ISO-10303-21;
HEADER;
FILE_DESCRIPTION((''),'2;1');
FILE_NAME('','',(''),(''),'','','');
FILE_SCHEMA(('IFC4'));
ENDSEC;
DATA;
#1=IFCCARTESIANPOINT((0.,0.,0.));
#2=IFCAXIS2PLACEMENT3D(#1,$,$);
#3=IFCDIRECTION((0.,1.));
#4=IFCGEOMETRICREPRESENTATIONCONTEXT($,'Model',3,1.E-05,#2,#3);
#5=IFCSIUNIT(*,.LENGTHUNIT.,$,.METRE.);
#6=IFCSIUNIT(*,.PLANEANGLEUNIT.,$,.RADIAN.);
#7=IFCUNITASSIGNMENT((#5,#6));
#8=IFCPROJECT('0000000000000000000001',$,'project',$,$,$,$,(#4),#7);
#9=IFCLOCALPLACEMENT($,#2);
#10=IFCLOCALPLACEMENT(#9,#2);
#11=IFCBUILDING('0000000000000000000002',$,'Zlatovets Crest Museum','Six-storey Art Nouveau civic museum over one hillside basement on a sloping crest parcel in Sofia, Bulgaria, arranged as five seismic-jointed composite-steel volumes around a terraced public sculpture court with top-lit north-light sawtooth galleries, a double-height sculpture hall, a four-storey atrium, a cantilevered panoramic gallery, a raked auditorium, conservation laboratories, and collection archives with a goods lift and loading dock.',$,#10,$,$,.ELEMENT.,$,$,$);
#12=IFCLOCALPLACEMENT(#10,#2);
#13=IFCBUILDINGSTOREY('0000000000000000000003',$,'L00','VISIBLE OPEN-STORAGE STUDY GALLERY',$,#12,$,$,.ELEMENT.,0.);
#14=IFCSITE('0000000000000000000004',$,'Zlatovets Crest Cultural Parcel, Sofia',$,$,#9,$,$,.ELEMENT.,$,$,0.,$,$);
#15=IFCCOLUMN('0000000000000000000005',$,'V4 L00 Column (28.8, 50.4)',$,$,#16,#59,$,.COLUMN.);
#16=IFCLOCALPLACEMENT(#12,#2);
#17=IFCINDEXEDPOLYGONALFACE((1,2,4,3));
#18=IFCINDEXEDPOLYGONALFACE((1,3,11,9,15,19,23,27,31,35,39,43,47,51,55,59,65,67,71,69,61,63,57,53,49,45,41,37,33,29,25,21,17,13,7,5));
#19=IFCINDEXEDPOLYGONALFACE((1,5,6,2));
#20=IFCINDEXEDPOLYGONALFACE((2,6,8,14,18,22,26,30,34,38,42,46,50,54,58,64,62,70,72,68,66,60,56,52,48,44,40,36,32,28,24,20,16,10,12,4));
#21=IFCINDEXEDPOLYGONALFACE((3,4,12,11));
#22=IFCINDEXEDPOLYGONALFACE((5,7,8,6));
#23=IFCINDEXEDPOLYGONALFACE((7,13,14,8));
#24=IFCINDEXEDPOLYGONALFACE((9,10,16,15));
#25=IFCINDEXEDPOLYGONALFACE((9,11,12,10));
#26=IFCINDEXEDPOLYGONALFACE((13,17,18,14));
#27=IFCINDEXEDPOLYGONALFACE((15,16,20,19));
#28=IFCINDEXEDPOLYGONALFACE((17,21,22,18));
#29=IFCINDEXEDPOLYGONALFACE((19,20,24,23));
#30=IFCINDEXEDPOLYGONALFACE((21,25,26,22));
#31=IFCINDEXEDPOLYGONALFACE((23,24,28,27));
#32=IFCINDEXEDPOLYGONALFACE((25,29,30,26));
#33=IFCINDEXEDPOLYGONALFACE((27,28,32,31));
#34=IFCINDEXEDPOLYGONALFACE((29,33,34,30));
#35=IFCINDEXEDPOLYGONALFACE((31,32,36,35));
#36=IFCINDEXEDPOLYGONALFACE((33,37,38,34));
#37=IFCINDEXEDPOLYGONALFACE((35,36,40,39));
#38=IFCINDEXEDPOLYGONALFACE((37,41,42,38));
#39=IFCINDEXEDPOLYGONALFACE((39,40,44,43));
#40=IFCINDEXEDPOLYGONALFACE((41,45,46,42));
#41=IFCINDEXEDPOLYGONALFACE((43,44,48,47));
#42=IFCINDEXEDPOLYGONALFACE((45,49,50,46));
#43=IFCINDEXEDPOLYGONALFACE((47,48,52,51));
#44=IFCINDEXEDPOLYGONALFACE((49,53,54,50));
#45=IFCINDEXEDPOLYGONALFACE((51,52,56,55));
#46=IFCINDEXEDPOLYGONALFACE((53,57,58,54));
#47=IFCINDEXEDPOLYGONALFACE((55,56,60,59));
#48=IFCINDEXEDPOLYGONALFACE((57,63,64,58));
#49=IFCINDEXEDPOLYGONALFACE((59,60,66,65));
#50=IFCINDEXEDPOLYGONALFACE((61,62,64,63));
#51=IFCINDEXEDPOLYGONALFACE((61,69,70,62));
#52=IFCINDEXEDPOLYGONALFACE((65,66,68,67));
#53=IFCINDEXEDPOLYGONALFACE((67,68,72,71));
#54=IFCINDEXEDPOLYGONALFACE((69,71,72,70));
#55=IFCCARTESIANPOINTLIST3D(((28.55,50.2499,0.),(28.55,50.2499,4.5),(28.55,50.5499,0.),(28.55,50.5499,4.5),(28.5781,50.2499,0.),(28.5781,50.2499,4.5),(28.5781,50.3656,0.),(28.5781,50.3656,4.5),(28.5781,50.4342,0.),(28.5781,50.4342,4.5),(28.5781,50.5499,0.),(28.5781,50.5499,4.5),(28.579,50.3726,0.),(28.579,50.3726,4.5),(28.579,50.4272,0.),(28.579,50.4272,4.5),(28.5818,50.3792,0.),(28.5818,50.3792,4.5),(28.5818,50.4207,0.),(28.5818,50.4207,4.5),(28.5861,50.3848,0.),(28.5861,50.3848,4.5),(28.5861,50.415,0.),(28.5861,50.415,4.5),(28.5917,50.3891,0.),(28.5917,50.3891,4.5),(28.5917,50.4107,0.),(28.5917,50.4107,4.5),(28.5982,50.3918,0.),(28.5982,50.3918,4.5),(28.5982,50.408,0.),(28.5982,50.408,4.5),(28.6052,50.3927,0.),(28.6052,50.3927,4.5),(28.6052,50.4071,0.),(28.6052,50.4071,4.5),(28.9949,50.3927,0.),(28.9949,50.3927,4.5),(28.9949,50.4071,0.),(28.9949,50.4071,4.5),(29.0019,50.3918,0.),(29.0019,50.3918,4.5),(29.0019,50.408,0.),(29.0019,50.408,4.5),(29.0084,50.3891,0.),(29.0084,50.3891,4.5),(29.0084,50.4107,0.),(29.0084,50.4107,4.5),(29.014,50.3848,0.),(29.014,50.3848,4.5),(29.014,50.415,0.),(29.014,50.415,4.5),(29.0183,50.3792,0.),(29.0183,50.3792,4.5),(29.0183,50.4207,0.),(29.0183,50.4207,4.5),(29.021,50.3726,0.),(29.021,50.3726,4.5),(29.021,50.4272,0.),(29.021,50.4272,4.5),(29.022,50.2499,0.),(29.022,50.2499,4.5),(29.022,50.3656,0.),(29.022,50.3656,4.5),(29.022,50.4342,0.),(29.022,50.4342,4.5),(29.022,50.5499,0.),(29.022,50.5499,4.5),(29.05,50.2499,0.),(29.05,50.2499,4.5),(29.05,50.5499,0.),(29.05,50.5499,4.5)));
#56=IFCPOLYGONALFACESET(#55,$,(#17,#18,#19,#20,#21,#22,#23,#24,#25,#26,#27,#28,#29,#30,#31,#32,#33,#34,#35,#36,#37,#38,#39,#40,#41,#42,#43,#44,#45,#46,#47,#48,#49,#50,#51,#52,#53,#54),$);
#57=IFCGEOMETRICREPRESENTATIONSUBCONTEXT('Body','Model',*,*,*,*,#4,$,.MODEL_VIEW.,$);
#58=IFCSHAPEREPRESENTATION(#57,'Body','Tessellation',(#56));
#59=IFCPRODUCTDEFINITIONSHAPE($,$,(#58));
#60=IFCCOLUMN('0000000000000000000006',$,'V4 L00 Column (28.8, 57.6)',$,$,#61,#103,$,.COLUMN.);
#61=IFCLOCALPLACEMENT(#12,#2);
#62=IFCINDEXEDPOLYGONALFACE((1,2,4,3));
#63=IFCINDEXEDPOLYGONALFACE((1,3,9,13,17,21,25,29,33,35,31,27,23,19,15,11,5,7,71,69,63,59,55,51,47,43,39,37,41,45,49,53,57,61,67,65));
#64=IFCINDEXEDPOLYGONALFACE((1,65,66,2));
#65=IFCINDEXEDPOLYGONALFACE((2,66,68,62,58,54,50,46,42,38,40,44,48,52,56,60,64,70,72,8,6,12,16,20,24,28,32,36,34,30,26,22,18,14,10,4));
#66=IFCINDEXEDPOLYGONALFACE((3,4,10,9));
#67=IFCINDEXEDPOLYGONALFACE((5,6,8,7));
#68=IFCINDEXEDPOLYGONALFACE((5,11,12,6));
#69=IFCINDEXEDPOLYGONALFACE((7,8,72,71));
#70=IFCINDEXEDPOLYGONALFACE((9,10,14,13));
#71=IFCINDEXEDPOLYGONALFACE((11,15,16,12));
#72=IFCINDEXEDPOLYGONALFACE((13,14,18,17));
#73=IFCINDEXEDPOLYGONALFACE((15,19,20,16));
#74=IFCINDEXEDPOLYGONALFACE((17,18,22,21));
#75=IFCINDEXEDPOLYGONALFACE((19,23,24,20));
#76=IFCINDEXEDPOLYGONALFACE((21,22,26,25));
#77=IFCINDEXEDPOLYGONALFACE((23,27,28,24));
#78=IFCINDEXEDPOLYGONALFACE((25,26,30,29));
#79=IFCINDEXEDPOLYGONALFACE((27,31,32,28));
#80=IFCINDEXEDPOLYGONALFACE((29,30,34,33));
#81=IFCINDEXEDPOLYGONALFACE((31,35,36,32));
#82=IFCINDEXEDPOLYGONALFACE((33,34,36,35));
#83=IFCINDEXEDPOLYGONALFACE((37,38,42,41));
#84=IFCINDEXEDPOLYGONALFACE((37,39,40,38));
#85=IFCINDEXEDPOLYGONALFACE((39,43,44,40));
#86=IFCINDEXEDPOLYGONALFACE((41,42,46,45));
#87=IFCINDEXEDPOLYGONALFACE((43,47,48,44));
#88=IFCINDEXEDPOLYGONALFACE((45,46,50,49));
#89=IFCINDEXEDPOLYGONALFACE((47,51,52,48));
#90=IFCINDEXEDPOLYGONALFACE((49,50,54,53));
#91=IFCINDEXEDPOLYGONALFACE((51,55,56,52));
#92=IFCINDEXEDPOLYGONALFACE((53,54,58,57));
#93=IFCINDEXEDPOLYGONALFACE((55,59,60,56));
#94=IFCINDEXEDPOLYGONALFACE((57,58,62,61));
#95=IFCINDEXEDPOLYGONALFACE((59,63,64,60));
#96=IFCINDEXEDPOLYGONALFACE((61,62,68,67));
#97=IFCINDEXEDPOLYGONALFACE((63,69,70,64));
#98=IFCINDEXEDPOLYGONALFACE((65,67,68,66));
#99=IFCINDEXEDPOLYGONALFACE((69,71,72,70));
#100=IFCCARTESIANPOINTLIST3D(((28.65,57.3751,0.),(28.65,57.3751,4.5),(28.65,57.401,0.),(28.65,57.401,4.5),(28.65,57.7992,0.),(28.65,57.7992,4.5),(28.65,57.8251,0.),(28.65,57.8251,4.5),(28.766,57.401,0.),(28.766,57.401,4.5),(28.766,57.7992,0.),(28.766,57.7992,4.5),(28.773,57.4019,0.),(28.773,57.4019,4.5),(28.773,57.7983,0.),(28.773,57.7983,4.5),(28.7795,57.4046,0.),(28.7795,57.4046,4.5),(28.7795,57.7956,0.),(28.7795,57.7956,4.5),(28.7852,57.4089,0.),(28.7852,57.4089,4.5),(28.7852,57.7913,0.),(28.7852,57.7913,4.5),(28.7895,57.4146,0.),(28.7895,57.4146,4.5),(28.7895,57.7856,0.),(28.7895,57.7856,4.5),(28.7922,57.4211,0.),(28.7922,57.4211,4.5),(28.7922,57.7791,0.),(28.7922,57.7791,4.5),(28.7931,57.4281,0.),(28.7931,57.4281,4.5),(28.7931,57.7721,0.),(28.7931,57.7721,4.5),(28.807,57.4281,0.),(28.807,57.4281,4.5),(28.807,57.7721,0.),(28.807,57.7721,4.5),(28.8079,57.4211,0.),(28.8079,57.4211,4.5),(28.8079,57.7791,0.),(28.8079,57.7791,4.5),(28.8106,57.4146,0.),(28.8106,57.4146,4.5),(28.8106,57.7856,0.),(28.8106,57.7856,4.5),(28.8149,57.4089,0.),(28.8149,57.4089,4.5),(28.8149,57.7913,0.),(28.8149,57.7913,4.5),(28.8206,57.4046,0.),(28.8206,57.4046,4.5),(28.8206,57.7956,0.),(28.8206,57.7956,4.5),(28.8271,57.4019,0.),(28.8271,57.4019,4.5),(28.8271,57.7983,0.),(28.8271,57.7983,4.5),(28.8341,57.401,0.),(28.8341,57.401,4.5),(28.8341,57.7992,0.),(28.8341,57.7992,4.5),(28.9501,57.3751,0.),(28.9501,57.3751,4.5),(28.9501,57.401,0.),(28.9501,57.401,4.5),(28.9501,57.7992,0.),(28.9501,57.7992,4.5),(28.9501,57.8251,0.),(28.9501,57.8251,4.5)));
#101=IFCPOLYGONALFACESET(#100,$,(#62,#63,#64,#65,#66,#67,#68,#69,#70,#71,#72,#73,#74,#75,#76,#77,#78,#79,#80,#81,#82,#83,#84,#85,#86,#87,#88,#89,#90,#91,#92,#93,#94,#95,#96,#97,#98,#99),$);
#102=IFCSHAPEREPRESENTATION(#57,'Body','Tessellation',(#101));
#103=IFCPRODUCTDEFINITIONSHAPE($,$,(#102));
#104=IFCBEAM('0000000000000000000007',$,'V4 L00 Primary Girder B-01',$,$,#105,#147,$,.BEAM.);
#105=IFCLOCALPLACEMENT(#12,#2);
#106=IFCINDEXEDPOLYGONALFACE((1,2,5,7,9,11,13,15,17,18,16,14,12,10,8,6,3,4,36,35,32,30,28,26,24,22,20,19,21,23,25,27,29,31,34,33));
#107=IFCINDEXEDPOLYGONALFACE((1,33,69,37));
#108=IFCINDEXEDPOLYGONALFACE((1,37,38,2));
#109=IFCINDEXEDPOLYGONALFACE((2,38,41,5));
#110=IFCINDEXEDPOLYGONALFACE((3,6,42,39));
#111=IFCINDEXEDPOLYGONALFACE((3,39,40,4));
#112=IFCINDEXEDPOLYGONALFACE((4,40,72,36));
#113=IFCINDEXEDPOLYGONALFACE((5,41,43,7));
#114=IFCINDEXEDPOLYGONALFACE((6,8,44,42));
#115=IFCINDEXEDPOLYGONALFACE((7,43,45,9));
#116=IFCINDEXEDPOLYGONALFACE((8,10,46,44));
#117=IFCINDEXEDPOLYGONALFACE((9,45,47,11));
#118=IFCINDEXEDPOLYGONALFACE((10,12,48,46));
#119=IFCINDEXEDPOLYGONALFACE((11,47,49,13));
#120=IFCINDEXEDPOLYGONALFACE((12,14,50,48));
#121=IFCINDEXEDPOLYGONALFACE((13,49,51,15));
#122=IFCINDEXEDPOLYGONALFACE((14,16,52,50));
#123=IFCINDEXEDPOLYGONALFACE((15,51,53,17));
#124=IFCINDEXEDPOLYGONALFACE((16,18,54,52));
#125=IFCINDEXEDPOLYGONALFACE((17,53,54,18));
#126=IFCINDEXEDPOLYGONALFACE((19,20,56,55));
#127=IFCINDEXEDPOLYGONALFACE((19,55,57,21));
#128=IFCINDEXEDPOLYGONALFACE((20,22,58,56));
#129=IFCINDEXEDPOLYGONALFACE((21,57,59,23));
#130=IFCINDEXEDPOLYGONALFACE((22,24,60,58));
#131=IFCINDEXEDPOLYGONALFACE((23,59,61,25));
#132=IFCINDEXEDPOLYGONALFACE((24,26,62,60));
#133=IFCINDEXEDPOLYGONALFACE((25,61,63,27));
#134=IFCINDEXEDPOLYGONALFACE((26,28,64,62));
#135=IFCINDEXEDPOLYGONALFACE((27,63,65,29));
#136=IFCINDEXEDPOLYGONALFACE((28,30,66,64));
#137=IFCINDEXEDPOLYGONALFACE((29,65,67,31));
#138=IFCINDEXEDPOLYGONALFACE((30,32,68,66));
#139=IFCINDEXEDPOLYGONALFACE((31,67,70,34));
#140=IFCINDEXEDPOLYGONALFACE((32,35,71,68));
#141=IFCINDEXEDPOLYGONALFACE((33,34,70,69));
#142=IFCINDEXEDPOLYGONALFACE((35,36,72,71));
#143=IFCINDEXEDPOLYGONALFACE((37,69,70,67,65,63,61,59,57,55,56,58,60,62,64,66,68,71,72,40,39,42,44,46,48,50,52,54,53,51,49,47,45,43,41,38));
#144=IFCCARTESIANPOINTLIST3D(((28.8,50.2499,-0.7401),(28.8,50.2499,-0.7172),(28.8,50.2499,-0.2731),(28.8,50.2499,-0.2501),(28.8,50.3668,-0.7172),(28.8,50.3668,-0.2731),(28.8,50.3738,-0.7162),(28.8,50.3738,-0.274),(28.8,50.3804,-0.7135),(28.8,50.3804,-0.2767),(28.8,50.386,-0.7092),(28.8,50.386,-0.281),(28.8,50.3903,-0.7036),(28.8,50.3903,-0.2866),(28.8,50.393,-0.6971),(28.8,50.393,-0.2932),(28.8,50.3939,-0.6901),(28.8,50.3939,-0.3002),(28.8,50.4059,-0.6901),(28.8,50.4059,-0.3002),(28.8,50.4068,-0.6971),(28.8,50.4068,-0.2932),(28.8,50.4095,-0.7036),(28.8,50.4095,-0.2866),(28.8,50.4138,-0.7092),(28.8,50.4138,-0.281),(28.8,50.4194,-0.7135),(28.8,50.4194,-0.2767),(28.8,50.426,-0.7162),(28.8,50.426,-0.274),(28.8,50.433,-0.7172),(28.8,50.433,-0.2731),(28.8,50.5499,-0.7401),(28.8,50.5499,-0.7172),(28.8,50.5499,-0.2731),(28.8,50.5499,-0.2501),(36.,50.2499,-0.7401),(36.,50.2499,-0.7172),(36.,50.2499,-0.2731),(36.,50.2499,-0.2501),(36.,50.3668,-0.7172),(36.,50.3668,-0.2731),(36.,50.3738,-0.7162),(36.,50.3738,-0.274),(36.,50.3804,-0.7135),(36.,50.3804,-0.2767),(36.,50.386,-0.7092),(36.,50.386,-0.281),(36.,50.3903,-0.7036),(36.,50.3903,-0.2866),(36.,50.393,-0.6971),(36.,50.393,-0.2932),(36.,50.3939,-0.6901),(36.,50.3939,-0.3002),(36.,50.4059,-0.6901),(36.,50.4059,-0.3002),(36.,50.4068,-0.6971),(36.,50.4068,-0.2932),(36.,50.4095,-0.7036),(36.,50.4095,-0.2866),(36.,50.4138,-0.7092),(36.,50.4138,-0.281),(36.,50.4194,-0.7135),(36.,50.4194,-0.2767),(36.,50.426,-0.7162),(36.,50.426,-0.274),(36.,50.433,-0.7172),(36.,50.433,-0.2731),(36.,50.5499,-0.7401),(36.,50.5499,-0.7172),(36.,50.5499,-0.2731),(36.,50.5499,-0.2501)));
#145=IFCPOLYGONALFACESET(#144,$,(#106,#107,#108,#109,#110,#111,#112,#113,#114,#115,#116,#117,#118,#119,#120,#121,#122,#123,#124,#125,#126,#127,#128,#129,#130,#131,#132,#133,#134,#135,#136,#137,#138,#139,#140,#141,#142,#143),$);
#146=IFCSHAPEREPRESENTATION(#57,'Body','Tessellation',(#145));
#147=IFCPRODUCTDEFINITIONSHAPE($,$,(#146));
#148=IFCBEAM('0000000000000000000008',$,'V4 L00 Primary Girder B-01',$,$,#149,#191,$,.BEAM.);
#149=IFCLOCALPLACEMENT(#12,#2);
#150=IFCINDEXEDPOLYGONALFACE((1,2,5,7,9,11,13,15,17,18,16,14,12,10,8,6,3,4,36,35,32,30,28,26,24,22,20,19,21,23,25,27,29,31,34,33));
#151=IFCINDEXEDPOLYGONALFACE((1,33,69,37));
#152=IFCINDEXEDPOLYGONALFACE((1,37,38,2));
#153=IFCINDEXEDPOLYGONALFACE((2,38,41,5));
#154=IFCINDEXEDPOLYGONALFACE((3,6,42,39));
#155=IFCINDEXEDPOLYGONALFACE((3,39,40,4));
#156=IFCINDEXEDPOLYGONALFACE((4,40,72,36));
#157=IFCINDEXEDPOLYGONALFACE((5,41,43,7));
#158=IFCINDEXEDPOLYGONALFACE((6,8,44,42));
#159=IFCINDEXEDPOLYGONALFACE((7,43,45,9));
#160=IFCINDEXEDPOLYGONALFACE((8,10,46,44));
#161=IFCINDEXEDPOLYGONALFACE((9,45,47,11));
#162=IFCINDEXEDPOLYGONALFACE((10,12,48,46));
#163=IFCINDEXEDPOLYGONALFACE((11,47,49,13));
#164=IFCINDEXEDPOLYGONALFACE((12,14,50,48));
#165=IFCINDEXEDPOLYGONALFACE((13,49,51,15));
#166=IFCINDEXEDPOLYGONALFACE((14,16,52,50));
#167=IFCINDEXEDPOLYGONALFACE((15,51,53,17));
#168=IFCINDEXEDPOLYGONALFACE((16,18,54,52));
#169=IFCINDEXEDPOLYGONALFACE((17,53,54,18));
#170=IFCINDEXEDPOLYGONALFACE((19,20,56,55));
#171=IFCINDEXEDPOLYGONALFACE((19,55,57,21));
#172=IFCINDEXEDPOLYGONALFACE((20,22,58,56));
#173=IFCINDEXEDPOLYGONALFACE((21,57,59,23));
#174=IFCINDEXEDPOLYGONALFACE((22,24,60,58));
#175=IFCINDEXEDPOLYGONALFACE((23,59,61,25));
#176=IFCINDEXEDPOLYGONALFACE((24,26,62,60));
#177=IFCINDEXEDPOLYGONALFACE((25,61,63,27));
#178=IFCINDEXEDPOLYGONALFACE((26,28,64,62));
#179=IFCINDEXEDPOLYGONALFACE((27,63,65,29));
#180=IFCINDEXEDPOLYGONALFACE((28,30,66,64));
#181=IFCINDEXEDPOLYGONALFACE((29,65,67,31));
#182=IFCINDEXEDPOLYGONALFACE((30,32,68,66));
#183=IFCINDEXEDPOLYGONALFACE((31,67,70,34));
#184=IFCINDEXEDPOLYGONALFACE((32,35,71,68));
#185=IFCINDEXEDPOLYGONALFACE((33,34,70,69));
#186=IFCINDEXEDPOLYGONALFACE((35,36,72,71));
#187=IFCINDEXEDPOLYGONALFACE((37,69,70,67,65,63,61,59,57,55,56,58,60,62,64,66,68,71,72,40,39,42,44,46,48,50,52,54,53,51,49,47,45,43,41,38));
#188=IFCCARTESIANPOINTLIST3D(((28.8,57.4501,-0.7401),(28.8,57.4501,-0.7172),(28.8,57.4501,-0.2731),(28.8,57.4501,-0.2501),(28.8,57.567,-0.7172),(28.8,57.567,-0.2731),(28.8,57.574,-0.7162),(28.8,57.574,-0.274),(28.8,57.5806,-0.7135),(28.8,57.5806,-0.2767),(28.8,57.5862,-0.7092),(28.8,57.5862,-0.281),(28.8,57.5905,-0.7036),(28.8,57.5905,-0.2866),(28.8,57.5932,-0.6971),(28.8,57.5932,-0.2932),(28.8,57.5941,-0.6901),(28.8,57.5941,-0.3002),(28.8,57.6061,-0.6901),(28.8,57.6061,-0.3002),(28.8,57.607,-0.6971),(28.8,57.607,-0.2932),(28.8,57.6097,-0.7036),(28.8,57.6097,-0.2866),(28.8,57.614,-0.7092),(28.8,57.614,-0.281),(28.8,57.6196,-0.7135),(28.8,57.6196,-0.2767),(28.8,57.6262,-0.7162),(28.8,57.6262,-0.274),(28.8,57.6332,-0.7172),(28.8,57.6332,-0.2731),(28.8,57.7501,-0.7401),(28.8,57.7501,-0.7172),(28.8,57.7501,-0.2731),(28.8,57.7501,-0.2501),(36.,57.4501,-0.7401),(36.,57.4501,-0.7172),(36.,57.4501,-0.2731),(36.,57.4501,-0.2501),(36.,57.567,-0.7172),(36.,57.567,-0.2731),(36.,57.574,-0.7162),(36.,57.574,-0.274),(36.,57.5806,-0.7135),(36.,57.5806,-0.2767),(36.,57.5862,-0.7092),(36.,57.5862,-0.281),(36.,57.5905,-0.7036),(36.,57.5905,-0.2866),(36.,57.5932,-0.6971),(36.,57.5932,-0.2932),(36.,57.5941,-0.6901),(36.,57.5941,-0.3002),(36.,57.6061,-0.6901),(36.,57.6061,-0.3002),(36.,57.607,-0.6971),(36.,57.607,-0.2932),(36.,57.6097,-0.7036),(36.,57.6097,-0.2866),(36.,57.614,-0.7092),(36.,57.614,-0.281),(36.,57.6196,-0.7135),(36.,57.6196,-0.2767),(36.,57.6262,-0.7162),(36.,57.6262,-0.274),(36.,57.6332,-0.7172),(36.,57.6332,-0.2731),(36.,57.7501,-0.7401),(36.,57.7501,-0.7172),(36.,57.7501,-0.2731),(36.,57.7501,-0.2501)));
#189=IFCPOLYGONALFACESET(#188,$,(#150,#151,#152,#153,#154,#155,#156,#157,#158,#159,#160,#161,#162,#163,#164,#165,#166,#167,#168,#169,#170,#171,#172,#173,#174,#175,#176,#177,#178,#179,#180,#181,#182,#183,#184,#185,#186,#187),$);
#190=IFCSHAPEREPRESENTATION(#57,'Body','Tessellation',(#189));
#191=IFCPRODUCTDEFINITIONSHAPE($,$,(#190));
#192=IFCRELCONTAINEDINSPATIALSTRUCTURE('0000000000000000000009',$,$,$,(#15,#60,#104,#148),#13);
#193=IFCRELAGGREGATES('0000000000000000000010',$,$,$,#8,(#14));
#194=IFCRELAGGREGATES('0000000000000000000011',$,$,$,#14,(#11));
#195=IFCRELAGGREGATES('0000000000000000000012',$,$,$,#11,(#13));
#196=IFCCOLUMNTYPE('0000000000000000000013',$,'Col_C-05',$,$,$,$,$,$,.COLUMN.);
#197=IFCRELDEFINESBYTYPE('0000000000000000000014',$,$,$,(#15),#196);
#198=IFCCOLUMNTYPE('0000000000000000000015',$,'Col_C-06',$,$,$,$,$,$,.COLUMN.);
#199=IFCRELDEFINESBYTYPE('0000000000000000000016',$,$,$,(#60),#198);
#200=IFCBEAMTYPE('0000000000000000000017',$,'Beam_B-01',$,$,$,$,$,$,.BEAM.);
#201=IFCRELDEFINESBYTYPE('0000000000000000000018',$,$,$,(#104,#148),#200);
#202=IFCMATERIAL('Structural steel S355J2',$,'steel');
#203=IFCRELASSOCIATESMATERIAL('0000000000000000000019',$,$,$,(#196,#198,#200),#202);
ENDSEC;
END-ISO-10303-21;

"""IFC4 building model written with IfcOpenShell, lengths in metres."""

from ifc_helpers import new_model, si_unit, direction, frame, origin, origin_2d, place, context, subcontext, project, spatial, i_section, extrude, material, material_profile, profile_set, type_object, element, save


model = new_model("IFC4")

# Units and contexts
model_context = context("Model", 3, precision=1e-05, world=origin(), true_north=direction((0.0, 1.0)))
body_context = subcontext(model_context, "Body", "Model", "MODEL_VIEW")
ifc_project = project(units=[si_unit("LENGTHUNIT", "METRE"), si_unit("PLANEANGLEUNIT", "RADIAN")], contexts=[model_context])

# Site, building, storey
site_placement = place(None, origin())
site = spatial("IfcSite", under=ifc_project, at=site_placement, Name="Zlatovets Crest Cultural Parcel, Sofia", CompositionType="ELEMENT", RefElevation=0.0)
building_placement = place(site_placement, origin())
building = spatial("IfcBuilding", under=site, at=building_placement, Name="Zlatovets Crest Museum", Description="Six-storey Art Nouveau civic museum over one hillside basement on a sloping crest parcel in Sofia, Bulgaria, arranged as five seismic-jointed composite-steel volumes around a terraced public sculpture court with top-lit north-light sawtooth galleries, a double-height sculpture hall, a four-storey atrium, a cantilevered panoramic gallery, a raked auditorium, conservation laboratories, and collection archives with a goods lift and loading dock.", CompositionType="ELEMENT")
storey_placement = place(building_placement, origin())
storey = spatial("IfcBuildingStorey", under=building, at=storey_placement, Name="L00", Description="VISIBLE OPEN-STORAGE STUDY GALLERY", CompositionType="ELEMENT", Elevation=0.0)

# Columns
ifc_material_1 = material(Name="Structural steel S355J2", Category="steel")
ifc_material_profile_1 = material_profile(ifc_material_1, i_section(OverallWidth=0.3, OverallDepth=0.5, WebThickness=0.0144, FlangeThickness=0.0281, FilletRadius=0.0271, at=origin_2d()), Name="HEB 500")
ifc_profile_set_1 = profile_set([ifc_material_profile_1], Name="Structural steel S355J2")
column_type_1 = type_object("IfcColumnType", Name="Col_C-05", PredefinedType="COLUMN", material=ifc_profile_set_1)
column_1_placement = place(storey_placement, frame((28.8, 50.3999, 0.0), z_axis=(0.0, 0.0, 1.0), x_axis=(0.0, 1.0, 0.0)))
element("IfcColumn", 1, at=column_1_placement, inside=storey, type_object=column_type_1, Name="V4 L00 Column (28.8, 50.4)", PredefinedType="COLUMN", context=body_context, shape_type="SweptSolid", body=[
    extrude(i_section(OverallWidth=0.3, OverallDepth=0.5, WebThickness=0.0144, FlangeThickness=0.0281, FilletRadius=0.0271, at=origin_2d()), origin(), (0.0, 0.0, 1.0), 4.5),
])
ifc_material_profile_2 = material_profile(ifc_material_1, i_section(OverallWidth=0.3, OverallDepth=0.45, WebThickness=0.0139, FlangeThickness=0.0259, FilletRadius=0.0271, at=origin_2d()), Name="HEB 450")
ifc_profile_set_2 = profile_set([ifc_material_profile_2], Name="Structural steel S355J2")
column_type_2 = type_object("IfcColumnType", Name="Col_C-06", PredefinedType="COLUMN", material=ifc_profile_set_2)
column_2_placement = place(storey_placement, frame((28.8, 57.6001, 0.0), z_axis=(0.0, 0.0, 1.0), x_axis=(1.0, 0.0, 0.0)))
element("IfcColumn", 2, at=column_2_placement, inside=storey, type_object=column_type_2, Name="V4 L00 Column (28.8, 57.6)", PredefinedType="COLUMN", context=body_context, shape_type="SweptSolid", body=[
    extrude(i_section(OverallWidth=0.3, OverallDepth=0.45, WebThickness=0.0139, FlangeThickness=0.0259, FilletRadius=0.0271, at=origin_2d()), origin(), (0.0, 0.0, 1.0), 4.5),
])

# Beams
ifc_material_profile_3 = material_profile(ifc_material_1, i_section(OverallWidth=0.3, OverallDepth=0.49, WebThickness=0.012, FlangeThickness=0.0229, FilletRadius=0.0271, at=origin_2d()), Name="HEA 500")
ifc_profile_set_3 = profile_set([ifc_material_profile_3], Name="Structural steel S355J2")
beam_type_1 = type_object("IfcBeamType", Name="Beam_B-01", PredefinedType="BEAM", material=ifc_profile_set_3)
for number, where, z_axis, x_axis, name in (
    (3, (28.8, 50.3999, -0.4951), (1.0, 0.0, 0.0), (0.0, 1.0, 0.0), "V4 L00 Primary Girder B-01"),
    (4, (28.8, 57.6001, -0.4951), (1.0, 0.0, 0.0), (0.0, 1.0, 0.0), "V4 L00 Primary Girder B-01"),
):
    element("IfcBeam", number, at=place(storey_placement, frame(where, z_axis=z_axis, x_axis=x_axis)), inside=storey, type_object=beam_type_1, Name=name, PredefinedType="BEAM", context=body_context, shape_type="SweptSolid", body=[
        extrude(i_section(OverallWidth=0.3, OverallDepth=0.49, WebThickness=0.012, FlangeThickness=0.0229, FilletRadius=0.0271, at=origin_2d()), origin(), (0.0, 0.0, 1.0), 7.2),
    ])

save(model, "model.ifc")
